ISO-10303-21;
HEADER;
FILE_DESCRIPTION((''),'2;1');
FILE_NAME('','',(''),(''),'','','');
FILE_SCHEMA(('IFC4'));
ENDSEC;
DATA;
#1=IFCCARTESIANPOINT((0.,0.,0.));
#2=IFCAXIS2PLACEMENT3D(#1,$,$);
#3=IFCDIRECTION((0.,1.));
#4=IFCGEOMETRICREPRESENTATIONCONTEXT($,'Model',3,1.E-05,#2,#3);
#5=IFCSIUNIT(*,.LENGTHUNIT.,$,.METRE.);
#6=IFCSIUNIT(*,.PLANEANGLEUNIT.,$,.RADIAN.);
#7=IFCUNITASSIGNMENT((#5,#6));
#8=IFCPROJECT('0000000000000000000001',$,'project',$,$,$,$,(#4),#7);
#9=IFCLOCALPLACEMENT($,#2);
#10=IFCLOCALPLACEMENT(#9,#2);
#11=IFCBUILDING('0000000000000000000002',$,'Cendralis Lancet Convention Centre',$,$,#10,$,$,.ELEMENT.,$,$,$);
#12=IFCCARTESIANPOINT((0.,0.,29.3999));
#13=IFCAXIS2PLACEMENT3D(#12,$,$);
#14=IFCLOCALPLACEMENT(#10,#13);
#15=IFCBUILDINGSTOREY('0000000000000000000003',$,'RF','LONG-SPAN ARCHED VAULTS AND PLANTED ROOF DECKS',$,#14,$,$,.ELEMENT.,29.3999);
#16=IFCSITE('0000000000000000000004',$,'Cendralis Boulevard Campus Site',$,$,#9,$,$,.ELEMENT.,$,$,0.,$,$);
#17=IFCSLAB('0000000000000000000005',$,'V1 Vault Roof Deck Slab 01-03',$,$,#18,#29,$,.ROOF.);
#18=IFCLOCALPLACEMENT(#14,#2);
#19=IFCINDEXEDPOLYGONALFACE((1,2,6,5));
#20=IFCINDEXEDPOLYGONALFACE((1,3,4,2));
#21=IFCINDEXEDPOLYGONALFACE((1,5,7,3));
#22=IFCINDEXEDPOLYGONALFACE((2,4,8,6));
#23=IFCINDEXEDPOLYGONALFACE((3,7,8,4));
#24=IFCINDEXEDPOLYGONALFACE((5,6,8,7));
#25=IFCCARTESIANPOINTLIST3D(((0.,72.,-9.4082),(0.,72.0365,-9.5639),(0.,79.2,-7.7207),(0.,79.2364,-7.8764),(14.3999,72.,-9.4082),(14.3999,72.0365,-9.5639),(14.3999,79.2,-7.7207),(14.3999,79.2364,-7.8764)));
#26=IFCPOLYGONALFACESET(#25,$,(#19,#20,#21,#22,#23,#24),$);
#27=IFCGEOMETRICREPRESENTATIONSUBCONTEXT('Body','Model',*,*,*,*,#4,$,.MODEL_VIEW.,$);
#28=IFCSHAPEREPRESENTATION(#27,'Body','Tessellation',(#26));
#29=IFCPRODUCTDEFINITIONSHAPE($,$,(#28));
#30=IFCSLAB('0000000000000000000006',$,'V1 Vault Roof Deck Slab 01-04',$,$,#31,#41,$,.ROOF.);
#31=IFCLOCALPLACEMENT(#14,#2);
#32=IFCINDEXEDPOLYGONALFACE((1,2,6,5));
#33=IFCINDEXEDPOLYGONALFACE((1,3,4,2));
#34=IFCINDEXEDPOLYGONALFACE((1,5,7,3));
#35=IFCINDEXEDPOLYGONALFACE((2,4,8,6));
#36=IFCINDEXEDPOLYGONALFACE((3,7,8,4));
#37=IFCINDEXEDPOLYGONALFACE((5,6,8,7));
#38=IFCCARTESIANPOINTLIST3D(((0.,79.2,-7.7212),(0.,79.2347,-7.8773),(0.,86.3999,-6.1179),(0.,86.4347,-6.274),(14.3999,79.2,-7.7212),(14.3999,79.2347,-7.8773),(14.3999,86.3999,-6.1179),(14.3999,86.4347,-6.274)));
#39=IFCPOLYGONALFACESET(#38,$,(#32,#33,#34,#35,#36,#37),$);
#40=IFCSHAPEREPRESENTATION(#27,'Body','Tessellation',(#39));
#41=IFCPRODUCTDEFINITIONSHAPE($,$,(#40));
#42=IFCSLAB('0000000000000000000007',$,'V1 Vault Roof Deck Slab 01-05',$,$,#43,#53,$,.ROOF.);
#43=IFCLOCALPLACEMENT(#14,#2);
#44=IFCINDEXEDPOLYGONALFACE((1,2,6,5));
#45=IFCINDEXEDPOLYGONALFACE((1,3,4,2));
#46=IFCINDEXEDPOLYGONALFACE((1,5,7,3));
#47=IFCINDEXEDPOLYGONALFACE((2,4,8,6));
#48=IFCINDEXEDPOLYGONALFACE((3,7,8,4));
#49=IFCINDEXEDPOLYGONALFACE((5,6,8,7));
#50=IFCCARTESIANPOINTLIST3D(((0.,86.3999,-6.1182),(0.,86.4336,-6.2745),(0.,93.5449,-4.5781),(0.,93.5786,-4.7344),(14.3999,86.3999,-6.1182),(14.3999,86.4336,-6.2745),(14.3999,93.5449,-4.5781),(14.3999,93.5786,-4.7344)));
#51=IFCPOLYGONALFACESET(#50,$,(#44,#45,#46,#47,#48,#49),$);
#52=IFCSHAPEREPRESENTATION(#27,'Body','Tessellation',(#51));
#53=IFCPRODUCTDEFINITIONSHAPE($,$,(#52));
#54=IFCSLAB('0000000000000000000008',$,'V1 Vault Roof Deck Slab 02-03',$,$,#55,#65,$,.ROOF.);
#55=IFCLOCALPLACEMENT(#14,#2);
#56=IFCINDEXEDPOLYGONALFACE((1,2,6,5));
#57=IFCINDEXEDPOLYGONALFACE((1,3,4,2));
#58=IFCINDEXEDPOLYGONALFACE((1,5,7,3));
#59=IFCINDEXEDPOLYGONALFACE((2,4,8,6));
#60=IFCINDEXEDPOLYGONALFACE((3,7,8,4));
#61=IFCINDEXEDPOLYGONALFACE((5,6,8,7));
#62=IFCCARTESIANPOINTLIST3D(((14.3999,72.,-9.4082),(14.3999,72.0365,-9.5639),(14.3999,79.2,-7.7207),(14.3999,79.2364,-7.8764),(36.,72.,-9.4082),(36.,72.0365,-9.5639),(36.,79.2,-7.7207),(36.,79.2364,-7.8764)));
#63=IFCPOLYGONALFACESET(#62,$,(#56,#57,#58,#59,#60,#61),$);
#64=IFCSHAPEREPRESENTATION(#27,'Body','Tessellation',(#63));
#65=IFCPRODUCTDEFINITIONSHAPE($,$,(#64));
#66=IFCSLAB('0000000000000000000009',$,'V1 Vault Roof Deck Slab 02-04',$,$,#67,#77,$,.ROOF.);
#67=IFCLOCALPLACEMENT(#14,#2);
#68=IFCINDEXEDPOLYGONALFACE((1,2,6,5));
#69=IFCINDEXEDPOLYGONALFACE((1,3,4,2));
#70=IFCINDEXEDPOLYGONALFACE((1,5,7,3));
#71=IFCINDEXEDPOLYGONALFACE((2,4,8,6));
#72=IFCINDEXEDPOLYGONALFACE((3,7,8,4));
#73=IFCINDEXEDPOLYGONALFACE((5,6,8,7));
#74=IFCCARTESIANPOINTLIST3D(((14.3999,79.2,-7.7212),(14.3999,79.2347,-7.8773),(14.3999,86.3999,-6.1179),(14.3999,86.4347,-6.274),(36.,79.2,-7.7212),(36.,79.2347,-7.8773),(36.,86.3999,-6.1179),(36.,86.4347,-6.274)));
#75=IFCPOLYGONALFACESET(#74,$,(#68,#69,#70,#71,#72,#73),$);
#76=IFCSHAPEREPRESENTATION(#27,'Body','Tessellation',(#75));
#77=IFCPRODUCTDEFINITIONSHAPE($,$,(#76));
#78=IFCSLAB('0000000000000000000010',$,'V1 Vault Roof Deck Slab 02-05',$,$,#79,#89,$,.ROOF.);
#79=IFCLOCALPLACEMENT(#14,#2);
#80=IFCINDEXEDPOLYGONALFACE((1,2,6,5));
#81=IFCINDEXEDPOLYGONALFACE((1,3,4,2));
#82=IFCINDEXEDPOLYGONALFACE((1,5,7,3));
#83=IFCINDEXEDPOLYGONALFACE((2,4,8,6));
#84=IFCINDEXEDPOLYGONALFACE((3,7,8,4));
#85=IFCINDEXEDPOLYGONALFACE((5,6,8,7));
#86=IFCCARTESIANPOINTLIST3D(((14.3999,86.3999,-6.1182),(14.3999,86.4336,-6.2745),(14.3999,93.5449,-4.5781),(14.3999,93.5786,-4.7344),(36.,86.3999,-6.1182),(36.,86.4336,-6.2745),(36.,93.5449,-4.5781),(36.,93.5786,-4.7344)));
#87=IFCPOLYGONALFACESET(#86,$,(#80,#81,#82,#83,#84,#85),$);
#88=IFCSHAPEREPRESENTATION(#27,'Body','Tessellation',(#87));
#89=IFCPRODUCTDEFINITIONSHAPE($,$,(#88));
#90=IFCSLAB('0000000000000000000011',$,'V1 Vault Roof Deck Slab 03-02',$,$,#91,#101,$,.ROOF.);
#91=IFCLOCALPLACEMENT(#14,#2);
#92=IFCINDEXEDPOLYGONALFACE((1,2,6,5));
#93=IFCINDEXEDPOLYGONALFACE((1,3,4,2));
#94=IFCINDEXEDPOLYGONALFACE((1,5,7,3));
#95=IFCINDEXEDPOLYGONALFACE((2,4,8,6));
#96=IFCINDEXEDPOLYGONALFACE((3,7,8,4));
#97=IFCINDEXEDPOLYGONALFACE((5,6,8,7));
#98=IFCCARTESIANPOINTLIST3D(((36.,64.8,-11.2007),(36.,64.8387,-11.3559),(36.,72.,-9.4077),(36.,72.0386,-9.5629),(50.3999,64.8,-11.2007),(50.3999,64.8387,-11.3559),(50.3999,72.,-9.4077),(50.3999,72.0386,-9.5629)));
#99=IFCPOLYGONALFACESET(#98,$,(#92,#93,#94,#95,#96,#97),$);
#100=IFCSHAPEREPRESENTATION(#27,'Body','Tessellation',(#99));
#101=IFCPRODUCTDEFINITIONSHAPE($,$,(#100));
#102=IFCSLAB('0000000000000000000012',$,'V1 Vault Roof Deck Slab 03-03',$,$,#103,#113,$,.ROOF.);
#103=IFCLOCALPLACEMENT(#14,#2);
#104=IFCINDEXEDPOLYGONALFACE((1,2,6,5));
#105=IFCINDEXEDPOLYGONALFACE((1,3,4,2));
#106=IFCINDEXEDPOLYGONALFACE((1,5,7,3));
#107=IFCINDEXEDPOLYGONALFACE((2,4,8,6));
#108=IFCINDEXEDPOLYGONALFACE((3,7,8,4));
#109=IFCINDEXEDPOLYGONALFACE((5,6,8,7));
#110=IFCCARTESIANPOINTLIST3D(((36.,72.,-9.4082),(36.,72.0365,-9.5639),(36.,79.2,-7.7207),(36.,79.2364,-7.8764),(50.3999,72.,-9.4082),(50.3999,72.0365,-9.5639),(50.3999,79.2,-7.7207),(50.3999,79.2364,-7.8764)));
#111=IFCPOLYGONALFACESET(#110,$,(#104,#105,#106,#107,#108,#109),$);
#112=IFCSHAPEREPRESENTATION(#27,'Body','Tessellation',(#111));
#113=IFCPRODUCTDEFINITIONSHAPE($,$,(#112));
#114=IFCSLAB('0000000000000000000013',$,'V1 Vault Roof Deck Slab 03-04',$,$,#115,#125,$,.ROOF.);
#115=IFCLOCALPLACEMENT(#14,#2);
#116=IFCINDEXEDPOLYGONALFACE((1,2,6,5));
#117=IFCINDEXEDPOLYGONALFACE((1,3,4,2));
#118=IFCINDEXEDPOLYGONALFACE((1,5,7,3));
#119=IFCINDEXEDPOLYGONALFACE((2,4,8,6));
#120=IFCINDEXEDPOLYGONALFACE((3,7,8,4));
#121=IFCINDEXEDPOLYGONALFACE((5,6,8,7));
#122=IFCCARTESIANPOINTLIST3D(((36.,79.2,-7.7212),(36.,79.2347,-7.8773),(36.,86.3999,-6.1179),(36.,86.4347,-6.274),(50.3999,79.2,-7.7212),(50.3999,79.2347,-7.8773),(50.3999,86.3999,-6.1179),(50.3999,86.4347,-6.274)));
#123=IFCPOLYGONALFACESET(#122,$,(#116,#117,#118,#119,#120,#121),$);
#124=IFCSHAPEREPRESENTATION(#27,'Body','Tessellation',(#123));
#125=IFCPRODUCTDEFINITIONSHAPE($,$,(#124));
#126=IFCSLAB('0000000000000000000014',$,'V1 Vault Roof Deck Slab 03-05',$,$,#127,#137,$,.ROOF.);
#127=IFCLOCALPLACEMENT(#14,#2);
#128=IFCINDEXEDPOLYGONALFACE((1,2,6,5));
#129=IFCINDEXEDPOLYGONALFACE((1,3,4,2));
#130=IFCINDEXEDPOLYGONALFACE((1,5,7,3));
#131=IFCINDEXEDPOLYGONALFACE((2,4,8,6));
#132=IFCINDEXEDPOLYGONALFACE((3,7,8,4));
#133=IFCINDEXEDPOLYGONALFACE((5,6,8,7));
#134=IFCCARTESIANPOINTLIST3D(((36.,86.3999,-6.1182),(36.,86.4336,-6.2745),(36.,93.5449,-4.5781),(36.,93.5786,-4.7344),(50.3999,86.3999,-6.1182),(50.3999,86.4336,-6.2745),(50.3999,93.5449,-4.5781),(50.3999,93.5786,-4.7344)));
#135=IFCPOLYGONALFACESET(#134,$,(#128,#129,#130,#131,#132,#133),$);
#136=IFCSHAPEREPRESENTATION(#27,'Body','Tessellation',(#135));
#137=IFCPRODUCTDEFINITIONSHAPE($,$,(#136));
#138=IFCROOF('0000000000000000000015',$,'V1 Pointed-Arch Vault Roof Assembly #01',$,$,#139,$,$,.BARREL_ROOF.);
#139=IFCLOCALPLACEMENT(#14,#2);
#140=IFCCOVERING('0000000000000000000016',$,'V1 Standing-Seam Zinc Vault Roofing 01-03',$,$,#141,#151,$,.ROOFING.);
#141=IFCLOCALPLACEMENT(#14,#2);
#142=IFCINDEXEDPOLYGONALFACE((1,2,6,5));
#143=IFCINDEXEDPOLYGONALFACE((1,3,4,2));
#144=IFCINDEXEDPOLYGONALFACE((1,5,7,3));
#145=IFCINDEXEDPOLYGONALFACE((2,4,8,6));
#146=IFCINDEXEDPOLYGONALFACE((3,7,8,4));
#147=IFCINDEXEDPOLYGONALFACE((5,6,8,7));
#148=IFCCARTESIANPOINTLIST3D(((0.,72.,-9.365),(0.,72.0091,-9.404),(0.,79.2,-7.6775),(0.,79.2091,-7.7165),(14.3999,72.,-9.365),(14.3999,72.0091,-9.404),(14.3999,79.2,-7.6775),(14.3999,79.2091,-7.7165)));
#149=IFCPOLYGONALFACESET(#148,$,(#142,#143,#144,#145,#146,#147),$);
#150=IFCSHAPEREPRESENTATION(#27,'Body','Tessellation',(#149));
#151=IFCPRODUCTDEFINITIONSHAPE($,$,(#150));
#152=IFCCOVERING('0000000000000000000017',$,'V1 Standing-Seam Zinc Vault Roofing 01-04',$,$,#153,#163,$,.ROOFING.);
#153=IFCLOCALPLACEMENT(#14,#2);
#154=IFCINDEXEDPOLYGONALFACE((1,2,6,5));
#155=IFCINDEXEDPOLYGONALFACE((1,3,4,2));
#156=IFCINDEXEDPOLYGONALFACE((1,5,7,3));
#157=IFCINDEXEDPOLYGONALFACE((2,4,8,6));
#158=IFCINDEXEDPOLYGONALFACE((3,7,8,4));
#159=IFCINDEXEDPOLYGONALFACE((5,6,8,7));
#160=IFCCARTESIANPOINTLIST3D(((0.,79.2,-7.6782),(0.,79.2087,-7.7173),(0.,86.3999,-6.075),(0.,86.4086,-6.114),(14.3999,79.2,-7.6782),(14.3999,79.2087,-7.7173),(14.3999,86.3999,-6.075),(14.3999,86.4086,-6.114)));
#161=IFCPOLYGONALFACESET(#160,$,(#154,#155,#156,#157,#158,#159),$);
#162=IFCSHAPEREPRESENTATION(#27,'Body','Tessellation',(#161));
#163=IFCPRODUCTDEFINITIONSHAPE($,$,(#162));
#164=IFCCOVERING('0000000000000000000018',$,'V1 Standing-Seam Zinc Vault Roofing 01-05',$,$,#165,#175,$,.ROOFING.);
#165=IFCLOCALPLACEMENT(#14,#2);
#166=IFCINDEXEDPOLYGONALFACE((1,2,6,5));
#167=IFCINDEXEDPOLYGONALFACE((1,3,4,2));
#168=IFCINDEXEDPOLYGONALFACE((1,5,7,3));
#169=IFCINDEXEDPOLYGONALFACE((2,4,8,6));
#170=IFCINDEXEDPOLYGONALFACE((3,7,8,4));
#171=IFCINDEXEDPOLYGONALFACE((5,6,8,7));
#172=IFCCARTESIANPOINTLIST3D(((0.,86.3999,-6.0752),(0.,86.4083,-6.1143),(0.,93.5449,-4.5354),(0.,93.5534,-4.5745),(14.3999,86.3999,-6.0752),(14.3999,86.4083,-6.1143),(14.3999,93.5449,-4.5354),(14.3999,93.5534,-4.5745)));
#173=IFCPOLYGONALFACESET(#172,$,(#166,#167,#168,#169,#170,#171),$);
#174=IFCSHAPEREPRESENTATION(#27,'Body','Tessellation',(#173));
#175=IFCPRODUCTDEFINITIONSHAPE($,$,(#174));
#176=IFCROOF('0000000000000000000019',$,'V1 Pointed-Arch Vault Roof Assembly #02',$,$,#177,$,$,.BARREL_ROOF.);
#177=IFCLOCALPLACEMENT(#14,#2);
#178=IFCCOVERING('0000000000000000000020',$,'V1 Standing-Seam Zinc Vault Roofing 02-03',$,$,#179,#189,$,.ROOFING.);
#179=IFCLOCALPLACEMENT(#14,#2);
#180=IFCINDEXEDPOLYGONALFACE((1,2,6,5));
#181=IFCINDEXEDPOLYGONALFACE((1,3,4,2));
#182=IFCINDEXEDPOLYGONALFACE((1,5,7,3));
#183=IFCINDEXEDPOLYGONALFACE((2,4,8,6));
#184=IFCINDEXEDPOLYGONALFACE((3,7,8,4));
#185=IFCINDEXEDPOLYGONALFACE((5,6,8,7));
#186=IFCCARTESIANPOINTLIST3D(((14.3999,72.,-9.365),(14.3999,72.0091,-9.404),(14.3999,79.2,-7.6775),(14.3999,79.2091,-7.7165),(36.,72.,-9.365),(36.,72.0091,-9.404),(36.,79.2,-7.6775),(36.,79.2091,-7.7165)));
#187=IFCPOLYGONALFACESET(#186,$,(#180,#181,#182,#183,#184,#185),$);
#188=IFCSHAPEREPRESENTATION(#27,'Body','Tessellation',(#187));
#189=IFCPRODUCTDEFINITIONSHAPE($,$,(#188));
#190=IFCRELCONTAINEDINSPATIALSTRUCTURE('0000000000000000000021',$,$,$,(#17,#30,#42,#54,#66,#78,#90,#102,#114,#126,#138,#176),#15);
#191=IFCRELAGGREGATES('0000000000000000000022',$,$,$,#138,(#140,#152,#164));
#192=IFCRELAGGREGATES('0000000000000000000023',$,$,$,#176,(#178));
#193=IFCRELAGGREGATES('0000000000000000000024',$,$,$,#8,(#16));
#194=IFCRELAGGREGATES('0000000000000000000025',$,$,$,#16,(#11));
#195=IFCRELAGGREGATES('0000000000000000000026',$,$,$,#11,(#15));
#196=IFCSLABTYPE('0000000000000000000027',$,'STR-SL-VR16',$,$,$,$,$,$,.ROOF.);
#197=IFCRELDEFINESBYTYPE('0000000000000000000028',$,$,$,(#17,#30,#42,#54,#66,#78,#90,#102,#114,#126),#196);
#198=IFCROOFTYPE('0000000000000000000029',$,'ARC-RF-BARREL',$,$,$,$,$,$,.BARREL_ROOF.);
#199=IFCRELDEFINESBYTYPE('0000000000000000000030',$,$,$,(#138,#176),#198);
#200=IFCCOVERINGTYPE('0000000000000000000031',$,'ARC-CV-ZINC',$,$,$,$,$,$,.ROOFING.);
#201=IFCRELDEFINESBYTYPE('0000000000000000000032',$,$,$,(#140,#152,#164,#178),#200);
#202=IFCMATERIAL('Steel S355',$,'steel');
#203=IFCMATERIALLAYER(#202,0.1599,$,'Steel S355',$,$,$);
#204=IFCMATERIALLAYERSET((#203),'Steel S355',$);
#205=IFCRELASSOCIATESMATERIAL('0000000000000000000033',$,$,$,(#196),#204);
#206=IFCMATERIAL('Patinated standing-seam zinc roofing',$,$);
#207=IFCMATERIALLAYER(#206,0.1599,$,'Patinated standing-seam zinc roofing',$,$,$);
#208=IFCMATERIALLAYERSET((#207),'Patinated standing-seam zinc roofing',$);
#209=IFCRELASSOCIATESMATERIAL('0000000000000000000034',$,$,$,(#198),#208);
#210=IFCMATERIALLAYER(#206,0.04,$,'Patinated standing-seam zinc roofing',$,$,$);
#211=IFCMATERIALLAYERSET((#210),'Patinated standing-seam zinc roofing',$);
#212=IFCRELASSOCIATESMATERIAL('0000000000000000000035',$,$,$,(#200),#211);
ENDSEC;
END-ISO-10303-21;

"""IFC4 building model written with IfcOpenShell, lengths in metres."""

from ifc_helpers import new_model, si_unit, direction, frame, origin, place, context, subcontext, project, spatial, polyline, outline, extrude, material, layer, layer_set, type_object, element, aggregate, save


model = new_model("IFC4")

# Units and contexts
model_context = context("Model", 3, precision=1e-05, world=origin(), true_north=direction((0.0, 1.0)))
body_context = subcontext(model_context, "Body", "Model", "MODEL_VIEW")
ifc_project = project(units=[si_unit("LENGTHUNIT", "METRE"), si_unit("PLANEANGLEUNIT", "RADIAN")], contexts=[model_context])

# Site, building, storey
site_placement = place(None, origin())
site = spatial("IfcSite", under=ifc_project, at=site_placement, Name="Cendralis Boulevard Campus Site", CompositionType="ELEMENT", RefElevation=0.0)
building_placement = place(site_placement, origin())
building = spatial("IfcBuilding", under=site, at=building_placement, Name="Cendralis Lancet Convention Centre", CompositionType="ELEMENT")
storey_placement = place(building_placement, frame((0.0, 0.0, 29.3999)))
storey = spatial("IfcBuildingStorey", under=building, at=storey_placement, Name="RF", Description="LONG-SPAN ARCHED VAULTS AND PLANTED ROOF DECKS", CompositionType="ELEMENT", Elevation=29.3999)

# Slabs
ifc_material_1 = material(Name="Steel S355", Category="steel")
ifc_layer_1 = layer(ifc_material_1, 0.1599, Name="Steel S355")
ifc_layer_set_1 = layer_set([ifc_layer_1], Name="Steel S355")
slab_type = type_object("IfcSlabType", Name="STR-SL-VR16", PredefinedType="ROOF", material=ifc_layer_set_1)
slab_1_placement = place(storey_placement, frame((0.0, 72.0, -9.4082), z_axis=(0.0, -0.228193, 0.973616), x_axis=(1.0, 0.0, 0.0)))
element("IfcSlab", 1, at=slab_1_placement, inside=storey, type_object=slab_type, Name="V1 Vault Roof Deck Slab 01-03", PredefinedType="ROOF", context=body_context, shape_type="SweptSolid", body=[
    extrude(outline(polyline([(0.0, 0.0), (14.3999, 0.0), (14.3999, 7.3951), (0.0, 7.3951), (0.0, 0.0)])), origin(), (0.0, 0.0, -1.0), 0.1599),
])
slab_2_placement = place(storey_placement, frame((0.0, 79.2, -7.7212), z_axis=(0.0, -0.217354, 0.976093), x_axis=(1.0, 0.0, 0.0)))
element("IfcSlab", 2, at=slab_2_placement, inside=storey, type_object=slab_type, Name="V1 Vault Roof Deck Slab 01-04", PredefinedType="ROOF", context=body_context, shape_type="SweptSolid", body=[
    extrude(outline(polyline([(0.0, 0.0), (14.3999, 0.0), (14.3999, 7.3763), (0.0, 7.3763), (0.0, 0.0)])), origin(), (0.0, 0.0, -1.0), 0.1599),
])
slab_3_placement = place(storey_placement, frame((0.0, 86.3999, -6.1182), z_axis=(0.0, -0.210701, 0.97755), x_axis=(1.0, 0.0, 0.0)))
element("IfcSlab", 3, at=slab_3_placement, inside=storey, type_object=slab_type, Name="V1 Vault Roof Deck Slab 01-05", PredefinedType="ROOF", context=body_context, shape_type="SweptSolid", body=[
    extrude(outline(polyline([(0.0, 0.0), (14.3999, 0.0), (14.3999, 7.3091), (0.0, 7.3091), (0.0, 0.0)])), origin(), (0.0, 0.0, -1.0), 0.1599),
])
slab_4_placement = place(storey_placement, frame((14.3999, 72.0, -9.4082), z_axis=(0.0, -0.228193, 0.973616), x_axis=(1.0, 0.0, 0.0)))
element("IfcSlab", 4, at=slab_4_placement, inside=storey, type_object=slab_type, Name="V1 Vault Roof Deck Slab 02-03", PredefinedType="ROOF", context=body_context, shape_type="SweptSolid", body=[
    extrude(outline(polyline([(0.0, 0.0), (21.6001, 0.0), (21.6001, 7.3951), (0.0, 7.3951), (0.0, 0.0)])), origin(), (0.0, 0.0, -1.0), 0.1599),
])
slab_5_placement = place(storey_placement, frame((14.3999, 79.2, -7.7212), z_axis=(0.0, -0.217354, 0.976093), x_axis=(1.0, 0.0, 0.0)))
element("IfcSlab", 5, at=slab_5_placement, inside=storey, type_object=slab_type, Name="V1 Vault Roof Deck Slab 02-04", PredefinedType="ROOF", context=body_context, shape_type="SweptSolid", body=[
    extrude(outline(polyline([(0.0, 0.0), (21.6001, 0.0), (21.6001, 7.3763), (0.0, 7.3763), (0.0, 0.0)])), origin(), (0.0, 0.0, -1.0), 0.1599),
])
slab_6_placement = place(storey_placement, frame((14.3999, 86.3999, -6.1182), z_axis=(0.0, -0.210701, 0.97755), x_axis=(1.0, 0.0, 0.0)))
element("IfcSlab", 6, at=slab_6_placement, inside=storey, type_object=slab_type, Name="V1 Vault Roof Deck Slab 02-05", PredefinedType="ROOF", context=body_context, shape_type="SweptSolid", body=[
    extrude(outline(polyline([(0.0, 0.0), (21.6001, 0.0), (21.6001, 7.3091), (0.0, 7.3091), (0.0, 0.0)])), origin(), (0.0, 0.0, -1.0), 0.1599),
])
slab_7_placement = place(storey_placement, frame((36.0, 64.8, -11.2007), z_axis=(0.0, -0.241645, 0.970365), x_axis=(1.0, 0.0, 0.0)))
element("IfcSlab", 7, at=slab_7_placement, inside=storey, type_object=slab_type, Name="V1 Vault Roof Deck Slab 03-02", PredefinedType="ROOF", context=body_context, shape_type="SweptSolid", body=[
    extrude(outline(polyline([(0.0, 0.0), (14.3999, 0.0), (14.3999, 7.4198), (0.0, 7.4198), (0.0, 0.0)])), origin(), (0.0, 0.0, -1.0), 0.1599),
])
slab_8_placement = place(storey_placement, frame((36.0, 72.0, -9.4082), z_axis=(0.0, -0.228193, 0.973616), x_axis=(1.0, 0.0, 0.0)))
element("IfcSlab", 8, at=slab_8_placement, inside=storey, type_object=slab_type, Name="V1 Vault Roof Deck Slab 03-03", PredefinedType="ROOF", context=body_context, shape_type="SweptSolid", body=[
    extrude(outline(polyline([(0.0, 0.0), (14.3999, 0.0), (14.3999, 7.3951), (0.0, 7.3951), (0.0, 0.0)])), origin(), (0.0, 0.0, -1.0), 0.1599),
])
slab_9_placement = place(storey_placement, frame((36.0, 79.2, -7.7212), z_axis=(0.0, -0.217354, 0.976093), x_axis=(1.0, 0.0, 0.0)))
element("IfcSlab", 9, at=slab_9_placement, inside=storey, type_object=slab_type, Name="V1 Vault Roof Deck Slab 03-04", PredefinedType="ROOF", context=body_context, shape_type="SweptSolid", body=[
    extrude(outline(polyline([(0.0, 0.0), (14.3999, 0.0), (14.3999, 7.3763), (0.0, 7.3763), (0.0, 0.0)])), origin(), (0.0, 0.0, -1.0), 0.1599),
])
slab_10_placement = place(storey_placement, frame((36.0, 86.3999, -6.1182), z_axis=(0.0, -0.210701, 0.97755), x_axis=(1.0, 0.0, 0.0)))
element("IfcSlab", 10, at=slab_10_placement, inside=storey, type_object=slab_type, Name="V1 Vault Roof Deck Slab 03-05", PredefinedType="ROOF", context=body_context, shape_type="SweptSolid", body=[
    extrude(outline(polyline([(0.0, 0.0), (14.3999, 0.0), (14.3999, 7.3091), (0.0, 7.3091), (0.0, 0.0)])), origin(), (0.0, 0.0, -1.0), 0.1599),
])

# Roofs, coverings
ifc_material_2 = material(Name="Patinated standing-seam zinc roofing")
ifc_layer_2 = layer(ifc_material_2, 0.1599, Name="Patinated standing-seam zinc roofing")
ifc_layer_set_2 = layer_set([ifc_layer_2], Name="Patinated standing-seam zinc roofing")
roof_type = type_object("IfcRoofType", Name="ARC-RF-BARREL", PredefinedType="BARREL_ROOF", material=ifc_layer_set_2)
roof_1_placement = place(storey_placement, origin())
roof_1 = element("IfcRoof", 11, at=roof_1_placement, inside=storey, type_object=roof_type, Name="V1 Pointed-Arch Vault Roof Assembly #01", PredefinedType="BARREL_ROOF")
ifc_layer_3 = layer(ifc_material_2, 0.04, Name="Patinated standing-seam zinc roofing")
ifc_layer_set_3 = layer_set([ifc_layer_3], Name="Patinated standing-seam zinc roofing")
covering_type = type_object("IfcCoveringType", Name="ARC-CV-ZINC", PredefinedType="ROOFING", material=ifc_layer_set_3)
covering_1_placement = place(storey_placement, frame((0.0, 72.0, -9.365), z_axis=(0.0, -0.228193, 0.973616), x_axis=(1.0, 0.0, 0.0)))
covering_1 = element("IfcCovering", 12, at=covering_1_placement, type_object=covering_type, Name="V1 Standing-Seam Zinc Vault Roofing 01-03", PredefinedType="ROOFING", context=body_context, shape_type="SweptSolid", body=[
    extrude(outline(polyline([(0.0, 0.0), (14.3999, 0.0), (14.3999, 7.3951), (0.0, 7.3951), (0.0, 0.0)])), origin(), (0.0, 0.0, -1.0), 0.04),
])
covering_2_placement = place(storey_placement, frame((0.0, 79.2, -7.6782), z_axis=(0.0, -0.217354, 0.976093), x_axis=(1.0, 0.0, 0.0)))
covering_2 = element("IfcCovering", 13, at=covering_2_placement, type_object=covering_type, Name="V1 Standing-Seam Zinc Vault Roofing 01-04", PredefinedType="ROOFING", context=body_context, shape_type="SweptSolid", body=[
    extrude(outline(polyline([(0.0, 0.0), (14.3999, 0.0), (14.3999, 7.3763), (0.0, 7.3763), (0.0, 0.0)])), origin(), (0.0, 0.0, -1.0), 0.04),
])
covering_3_placement = place(storey_placement, frame((0.0, 86.3999, -6.0752), z_axis=(0.0, -0.21067, 0.977557), x_axis=(1.0, 0.0, 0.0)))
covering_3 = element("IfcCovering", 14, at=covering_3_placement, type_object=covering_type, Name="V1 Standing-Seam Zinc Vault Roofing 01-05", PredefinedType="ROOFING", context=body_context, shape_type="SweptSolid", body=[
    extrude(outline(polyline([(0.0, 0.0), (14.3999, 0.0), (14.3999, 7.3091), (0.0, 7.3091), (0.0, 0.0)])), origin(), (0.0, 0.0, -1.0), 0.04),
])
aggregate(roof_1, [covering_1, covering_2, covering_3])
roof_2_placement = place(storey_placement, origin())
roof_2 = element("IfcRoof", 15, at=roof_2_placement, inside=storey, type_object=roof_type, Name="V1 Pointed-Arch Vault Roof Assembly #02", PredefinedType="BARREL_ROOF")
covering_4_placement = place(storey_placement, frame((14.3999, 72.0, -9.365), z_axis=(0.0, -0.228193, 0.973616), x_axis=(1.0, 0.0, 0.0)))
covering_4 = element("IfcCovering", 16, at=covering_4_placement, type_object=covering_type, Name="V1 Standing-Seam Zinc Vault Roofing 02-03", PredefinedType="ROOFING", context=body_context, shape_type="SweptSolid", body=[
    extrude(outline(polyline([(0.0, 0.0), (21.6001, 0.0), (21.6001, 7.3951), (0.0, 7.3951), (0.0, 0.0)])), origin(), (0.0, 0.0, -1.0), 0.04),
])
aggregate(roof_2, [covering_4])

save(model, "model.ifc")
